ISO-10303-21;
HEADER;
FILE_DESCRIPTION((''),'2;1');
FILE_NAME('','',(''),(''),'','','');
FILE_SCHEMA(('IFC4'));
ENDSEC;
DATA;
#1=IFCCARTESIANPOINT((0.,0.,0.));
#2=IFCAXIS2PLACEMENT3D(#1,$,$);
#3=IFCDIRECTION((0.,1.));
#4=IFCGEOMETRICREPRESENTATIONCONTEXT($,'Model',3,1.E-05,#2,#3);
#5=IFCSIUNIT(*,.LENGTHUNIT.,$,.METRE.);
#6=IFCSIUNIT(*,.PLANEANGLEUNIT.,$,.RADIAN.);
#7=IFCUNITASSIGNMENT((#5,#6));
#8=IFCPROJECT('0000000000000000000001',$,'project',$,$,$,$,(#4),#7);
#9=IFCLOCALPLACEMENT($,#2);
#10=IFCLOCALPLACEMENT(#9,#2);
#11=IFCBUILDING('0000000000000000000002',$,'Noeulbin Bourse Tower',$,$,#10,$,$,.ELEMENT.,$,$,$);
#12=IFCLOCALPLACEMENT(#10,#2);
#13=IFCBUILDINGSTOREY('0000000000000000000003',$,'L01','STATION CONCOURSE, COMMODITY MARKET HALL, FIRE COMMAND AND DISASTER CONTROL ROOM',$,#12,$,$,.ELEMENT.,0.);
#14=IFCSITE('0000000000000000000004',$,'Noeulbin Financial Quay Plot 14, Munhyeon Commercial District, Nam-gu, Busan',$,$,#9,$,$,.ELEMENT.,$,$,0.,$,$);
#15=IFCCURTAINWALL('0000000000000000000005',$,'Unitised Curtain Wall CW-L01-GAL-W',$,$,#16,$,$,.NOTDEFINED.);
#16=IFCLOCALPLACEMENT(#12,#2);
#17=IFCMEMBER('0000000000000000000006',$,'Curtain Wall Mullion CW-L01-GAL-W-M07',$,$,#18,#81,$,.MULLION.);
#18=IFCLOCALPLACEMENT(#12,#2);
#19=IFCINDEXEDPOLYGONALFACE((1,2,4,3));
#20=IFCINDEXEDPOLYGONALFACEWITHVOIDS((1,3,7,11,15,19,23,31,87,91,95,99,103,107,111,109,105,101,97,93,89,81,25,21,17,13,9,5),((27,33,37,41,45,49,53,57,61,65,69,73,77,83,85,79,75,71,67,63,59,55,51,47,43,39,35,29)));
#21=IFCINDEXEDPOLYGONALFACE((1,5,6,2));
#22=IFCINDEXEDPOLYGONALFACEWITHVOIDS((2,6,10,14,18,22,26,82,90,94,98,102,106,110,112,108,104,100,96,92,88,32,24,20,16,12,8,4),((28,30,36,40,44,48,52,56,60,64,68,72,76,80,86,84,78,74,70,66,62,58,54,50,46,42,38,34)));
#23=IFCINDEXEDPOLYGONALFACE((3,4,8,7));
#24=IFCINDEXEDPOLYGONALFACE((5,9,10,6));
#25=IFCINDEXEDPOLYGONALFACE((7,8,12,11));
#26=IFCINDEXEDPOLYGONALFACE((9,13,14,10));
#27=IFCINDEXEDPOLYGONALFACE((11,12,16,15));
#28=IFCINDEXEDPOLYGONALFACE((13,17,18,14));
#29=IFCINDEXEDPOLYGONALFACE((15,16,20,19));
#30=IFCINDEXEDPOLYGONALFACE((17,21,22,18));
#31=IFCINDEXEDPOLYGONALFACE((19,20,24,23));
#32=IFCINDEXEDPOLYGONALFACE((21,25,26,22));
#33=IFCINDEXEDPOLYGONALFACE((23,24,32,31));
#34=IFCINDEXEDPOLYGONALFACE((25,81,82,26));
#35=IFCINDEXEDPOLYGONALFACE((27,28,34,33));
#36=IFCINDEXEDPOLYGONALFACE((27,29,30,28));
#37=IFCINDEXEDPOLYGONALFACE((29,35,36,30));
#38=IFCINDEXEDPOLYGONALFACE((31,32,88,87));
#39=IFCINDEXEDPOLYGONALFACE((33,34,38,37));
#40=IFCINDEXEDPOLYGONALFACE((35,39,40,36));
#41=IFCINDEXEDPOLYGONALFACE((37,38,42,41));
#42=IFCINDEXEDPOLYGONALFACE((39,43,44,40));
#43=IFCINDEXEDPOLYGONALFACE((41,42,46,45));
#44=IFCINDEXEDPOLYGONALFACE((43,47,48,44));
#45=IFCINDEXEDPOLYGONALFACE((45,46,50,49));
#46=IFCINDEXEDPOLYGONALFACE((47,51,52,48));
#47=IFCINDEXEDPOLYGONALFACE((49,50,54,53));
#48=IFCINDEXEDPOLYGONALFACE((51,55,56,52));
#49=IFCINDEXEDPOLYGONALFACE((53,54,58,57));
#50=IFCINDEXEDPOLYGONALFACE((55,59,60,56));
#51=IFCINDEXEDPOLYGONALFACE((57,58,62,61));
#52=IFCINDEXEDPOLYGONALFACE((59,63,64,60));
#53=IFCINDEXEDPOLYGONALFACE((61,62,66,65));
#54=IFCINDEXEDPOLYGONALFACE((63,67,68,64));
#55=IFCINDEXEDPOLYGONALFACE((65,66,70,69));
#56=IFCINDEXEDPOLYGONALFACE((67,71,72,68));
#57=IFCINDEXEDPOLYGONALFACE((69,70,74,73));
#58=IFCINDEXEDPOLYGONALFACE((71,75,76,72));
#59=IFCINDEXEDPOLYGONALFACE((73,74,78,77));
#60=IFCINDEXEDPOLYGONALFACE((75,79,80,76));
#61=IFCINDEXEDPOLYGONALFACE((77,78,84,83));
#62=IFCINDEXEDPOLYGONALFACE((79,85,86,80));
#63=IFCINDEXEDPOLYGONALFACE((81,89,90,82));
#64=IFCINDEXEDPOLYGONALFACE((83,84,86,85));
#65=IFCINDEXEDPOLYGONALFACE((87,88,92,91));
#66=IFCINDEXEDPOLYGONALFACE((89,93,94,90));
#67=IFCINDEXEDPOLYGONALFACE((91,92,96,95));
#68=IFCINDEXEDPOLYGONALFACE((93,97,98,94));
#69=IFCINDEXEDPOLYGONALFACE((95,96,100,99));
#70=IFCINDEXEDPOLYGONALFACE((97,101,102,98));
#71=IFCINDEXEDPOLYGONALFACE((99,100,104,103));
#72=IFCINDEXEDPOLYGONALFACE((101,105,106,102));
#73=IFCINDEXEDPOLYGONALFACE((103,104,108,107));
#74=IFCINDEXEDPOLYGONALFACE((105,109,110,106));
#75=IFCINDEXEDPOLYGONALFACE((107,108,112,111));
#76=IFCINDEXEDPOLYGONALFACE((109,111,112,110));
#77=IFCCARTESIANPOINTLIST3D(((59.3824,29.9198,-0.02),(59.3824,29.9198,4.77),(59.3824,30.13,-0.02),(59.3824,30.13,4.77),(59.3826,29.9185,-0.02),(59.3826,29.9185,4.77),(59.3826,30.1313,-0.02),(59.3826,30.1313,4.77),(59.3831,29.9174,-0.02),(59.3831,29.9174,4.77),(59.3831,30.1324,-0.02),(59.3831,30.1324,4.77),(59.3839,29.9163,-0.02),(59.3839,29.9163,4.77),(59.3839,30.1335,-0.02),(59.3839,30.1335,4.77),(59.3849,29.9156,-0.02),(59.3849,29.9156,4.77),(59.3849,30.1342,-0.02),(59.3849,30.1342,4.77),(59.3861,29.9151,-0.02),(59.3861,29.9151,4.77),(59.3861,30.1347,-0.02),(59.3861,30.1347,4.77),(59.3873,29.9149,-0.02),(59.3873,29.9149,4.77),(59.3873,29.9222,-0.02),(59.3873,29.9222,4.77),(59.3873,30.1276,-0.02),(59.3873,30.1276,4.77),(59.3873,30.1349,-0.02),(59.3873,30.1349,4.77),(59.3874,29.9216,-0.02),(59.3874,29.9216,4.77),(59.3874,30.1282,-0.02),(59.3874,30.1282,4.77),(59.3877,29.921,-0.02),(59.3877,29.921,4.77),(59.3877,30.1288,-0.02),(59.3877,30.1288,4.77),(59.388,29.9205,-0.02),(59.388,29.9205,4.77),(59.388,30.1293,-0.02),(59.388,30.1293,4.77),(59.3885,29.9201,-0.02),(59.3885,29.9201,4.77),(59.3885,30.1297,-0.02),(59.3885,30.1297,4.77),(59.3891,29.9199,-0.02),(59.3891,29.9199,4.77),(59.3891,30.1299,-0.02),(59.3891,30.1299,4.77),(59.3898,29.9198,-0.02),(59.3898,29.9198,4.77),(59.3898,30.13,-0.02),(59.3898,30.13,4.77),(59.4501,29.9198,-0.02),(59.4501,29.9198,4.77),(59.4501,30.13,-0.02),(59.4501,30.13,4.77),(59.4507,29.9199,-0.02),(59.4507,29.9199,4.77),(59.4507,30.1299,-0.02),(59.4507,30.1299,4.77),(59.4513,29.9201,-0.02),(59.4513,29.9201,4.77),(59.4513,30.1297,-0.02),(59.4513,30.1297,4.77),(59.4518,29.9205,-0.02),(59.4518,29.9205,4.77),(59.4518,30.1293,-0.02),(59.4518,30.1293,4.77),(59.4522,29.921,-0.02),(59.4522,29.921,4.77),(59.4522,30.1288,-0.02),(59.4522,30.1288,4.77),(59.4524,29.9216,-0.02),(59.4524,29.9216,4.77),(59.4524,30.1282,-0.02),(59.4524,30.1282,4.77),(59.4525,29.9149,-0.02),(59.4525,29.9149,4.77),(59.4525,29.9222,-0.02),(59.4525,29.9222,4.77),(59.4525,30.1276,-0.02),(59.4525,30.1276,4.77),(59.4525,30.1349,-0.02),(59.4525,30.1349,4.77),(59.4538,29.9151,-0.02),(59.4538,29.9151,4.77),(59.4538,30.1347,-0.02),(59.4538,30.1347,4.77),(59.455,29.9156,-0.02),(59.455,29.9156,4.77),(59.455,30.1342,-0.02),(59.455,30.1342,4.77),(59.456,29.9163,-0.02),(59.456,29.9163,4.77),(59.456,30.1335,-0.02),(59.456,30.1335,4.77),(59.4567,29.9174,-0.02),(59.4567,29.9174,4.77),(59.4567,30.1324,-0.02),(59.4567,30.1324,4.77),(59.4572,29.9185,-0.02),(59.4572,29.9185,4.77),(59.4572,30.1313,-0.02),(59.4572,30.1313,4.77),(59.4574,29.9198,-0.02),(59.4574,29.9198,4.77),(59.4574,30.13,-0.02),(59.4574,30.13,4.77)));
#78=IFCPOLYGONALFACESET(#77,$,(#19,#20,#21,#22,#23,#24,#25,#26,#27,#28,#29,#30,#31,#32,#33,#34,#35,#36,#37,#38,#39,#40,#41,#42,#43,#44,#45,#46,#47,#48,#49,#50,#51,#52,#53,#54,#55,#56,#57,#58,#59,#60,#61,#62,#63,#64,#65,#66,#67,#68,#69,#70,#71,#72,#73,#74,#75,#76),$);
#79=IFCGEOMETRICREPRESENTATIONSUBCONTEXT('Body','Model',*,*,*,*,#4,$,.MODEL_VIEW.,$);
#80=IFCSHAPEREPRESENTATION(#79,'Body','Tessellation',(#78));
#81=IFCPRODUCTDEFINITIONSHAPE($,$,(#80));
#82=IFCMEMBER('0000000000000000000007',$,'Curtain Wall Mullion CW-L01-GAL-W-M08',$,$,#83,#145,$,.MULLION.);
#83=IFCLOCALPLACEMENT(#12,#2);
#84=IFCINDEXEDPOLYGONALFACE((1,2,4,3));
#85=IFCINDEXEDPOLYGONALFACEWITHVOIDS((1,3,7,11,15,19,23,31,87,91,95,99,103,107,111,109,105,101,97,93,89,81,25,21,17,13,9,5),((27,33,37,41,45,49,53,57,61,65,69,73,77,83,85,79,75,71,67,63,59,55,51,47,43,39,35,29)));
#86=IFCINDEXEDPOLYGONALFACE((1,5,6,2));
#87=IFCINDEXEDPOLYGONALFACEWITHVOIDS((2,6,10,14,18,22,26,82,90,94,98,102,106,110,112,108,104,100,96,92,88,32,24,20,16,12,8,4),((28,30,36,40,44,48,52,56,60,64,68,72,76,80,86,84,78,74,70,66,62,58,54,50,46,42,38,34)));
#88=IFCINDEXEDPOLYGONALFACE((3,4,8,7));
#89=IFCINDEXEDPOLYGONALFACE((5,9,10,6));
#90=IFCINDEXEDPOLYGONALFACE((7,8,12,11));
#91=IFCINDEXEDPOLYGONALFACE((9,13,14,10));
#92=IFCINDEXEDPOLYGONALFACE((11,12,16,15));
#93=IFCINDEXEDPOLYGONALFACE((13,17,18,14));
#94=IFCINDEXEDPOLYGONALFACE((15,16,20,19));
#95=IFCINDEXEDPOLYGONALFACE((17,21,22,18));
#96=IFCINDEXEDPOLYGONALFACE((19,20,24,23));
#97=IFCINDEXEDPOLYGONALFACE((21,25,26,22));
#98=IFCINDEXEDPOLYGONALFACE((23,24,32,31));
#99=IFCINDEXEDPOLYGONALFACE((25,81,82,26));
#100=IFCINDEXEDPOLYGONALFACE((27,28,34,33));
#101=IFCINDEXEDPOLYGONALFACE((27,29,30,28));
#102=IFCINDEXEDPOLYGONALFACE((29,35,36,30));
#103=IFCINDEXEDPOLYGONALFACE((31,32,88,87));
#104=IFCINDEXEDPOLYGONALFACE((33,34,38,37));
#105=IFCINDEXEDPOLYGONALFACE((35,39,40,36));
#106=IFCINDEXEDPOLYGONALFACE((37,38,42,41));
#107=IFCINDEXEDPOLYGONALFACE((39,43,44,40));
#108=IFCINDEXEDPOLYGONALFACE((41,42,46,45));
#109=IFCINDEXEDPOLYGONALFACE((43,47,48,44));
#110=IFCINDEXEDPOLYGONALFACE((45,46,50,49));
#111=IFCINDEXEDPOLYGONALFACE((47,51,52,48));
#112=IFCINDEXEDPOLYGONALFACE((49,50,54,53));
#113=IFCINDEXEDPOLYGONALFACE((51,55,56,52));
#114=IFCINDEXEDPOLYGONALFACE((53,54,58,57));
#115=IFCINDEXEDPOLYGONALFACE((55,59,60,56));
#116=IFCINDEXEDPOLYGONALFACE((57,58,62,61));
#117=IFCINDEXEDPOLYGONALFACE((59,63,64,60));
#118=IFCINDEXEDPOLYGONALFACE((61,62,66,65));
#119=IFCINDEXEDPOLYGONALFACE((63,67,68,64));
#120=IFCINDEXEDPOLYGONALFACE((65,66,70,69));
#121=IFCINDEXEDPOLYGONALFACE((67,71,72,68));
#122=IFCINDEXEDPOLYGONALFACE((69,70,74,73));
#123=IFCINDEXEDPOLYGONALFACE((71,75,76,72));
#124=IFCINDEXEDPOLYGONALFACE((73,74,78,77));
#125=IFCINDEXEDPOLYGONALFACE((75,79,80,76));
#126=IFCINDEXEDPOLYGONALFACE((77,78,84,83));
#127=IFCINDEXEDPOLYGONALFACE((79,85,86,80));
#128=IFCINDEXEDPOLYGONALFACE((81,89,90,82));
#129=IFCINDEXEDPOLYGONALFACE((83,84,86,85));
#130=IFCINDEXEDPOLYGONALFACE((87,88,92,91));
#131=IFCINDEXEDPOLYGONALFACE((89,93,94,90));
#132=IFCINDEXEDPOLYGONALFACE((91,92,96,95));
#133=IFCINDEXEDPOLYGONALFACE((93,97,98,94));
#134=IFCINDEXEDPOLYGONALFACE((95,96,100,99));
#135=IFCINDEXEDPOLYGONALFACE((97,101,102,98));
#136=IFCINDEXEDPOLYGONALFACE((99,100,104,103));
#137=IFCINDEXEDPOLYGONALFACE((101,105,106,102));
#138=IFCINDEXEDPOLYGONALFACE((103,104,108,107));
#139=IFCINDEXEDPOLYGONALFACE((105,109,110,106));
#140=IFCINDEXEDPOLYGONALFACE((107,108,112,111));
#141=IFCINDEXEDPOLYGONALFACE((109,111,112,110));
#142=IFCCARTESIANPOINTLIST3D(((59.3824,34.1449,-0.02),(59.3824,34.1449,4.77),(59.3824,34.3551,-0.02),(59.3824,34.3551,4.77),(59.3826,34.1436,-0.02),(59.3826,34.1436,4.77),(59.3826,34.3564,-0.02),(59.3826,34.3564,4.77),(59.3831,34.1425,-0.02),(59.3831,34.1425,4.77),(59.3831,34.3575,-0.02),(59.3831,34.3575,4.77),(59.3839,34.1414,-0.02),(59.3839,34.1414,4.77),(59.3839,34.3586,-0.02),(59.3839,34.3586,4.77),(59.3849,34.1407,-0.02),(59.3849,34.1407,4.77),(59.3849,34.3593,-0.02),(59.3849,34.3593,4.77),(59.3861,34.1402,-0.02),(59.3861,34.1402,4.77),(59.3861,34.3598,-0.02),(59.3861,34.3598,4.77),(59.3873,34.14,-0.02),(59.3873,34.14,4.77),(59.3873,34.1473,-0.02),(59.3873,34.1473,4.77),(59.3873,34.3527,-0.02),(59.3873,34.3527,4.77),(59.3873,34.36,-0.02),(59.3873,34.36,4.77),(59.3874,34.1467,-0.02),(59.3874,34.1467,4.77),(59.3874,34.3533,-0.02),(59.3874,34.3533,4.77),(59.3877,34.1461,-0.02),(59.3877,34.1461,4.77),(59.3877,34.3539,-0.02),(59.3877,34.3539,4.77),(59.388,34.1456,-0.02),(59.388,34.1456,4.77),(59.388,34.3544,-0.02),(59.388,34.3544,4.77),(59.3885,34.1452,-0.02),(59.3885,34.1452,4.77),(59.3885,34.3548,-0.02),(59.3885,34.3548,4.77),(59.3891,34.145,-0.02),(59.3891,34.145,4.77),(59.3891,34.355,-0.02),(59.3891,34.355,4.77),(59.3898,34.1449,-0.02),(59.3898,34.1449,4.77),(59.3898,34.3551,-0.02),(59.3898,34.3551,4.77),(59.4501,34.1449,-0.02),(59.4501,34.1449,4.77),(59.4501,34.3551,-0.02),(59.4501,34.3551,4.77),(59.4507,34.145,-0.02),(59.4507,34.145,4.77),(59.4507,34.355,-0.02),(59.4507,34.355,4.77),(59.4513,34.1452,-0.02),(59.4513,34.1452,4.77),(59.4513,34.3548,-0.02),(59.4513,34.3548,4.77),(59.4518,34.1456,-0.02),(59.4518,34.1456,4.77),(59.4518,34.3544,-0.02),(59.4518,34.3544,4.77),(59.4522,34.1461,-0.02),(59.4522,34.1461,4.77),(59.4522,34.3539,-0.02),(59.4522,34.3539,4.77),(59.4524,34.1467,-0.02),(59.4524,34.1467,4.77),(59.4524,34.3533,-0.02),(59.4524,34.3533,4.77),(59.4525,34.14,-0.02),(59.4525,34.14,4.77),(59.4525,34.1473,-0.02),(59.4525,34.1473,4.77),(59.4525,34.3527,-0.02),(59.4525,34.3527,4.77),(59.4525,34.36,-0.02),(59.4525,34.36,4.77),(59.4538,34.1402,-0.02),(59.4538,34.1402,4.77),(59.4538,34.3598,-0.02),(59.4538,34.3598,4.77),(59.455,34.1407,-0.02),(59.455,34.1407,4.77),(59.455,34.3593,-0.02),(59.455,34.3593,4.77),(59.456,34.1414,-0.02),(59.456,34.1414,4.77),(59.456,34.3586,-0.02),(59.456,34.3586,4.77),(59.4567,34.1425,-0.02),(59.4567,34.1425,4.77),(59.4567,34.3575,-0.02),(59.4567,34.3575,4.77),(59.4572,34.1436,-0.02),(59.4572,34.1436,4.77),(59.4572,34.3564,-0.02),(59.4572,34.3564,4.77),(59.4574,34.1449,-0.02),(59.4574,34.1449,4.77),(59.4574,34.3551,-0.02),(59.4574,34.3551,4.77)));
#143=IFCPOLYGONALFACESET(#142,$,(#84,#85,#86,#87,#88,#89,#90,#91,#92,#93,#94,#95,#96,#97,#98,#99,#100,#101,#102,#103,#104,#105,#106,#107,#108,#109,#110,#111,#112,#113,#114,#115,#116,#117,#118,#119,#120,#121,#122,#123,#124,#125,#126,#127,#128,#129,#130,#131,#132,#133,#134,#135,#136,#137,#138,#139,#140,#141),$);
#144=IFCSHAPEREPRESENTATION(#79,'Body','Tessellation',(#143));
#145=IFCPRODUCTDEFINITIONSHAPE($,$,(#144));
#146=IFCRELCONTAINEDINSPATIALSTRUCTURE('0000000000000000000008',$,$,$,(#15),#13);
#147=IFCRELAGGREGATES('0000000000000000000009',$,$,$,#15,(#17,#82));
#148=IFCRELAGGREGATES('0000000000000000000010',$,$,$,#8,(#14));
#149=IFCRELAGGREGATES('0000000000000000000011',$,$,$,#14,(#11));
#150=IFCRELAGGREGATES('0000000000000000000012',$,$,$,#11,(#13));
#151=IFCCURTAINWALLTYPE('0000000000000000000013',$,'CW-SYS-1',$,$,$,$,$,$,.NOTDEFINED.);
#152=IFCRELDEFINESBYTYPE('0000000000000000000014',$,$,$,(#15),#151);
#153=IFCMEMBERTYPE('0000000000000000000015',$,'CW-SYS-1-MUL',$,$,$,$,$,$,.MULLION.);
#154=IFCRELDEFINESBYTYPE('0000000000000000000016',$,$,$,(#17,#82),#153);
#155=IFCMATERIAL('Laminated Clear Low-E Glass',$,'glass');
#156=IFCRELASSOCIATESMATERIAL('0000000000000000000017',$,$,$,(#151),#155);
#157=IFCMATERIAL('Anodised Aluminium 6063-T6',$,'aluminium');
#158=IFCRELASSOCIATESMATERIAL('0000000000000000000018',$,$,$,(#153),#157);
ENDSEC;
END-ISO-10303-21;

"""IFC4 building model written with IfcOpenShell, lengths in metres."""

from ifc_helpers import new_model, si_unit, direction, frame, origin, origin_2d, place, context, subcontext, project, spatial, hollow_rectangle, extrude, material, material_profile, profile_set, type_object, element, aggregate, save


model = new_model("IFC4")

# Units and contexts
model_context = context("Model", 3, precision=1e-05, world=origin(), true_north=direction((0.0, 1.0)))
body_context = subcontext(model_context, "Body", "Model", "MODEL_VIEW")
ifc_project = project(units=[si_unit("LENGTHUNIT", "METRE"), si_unit("PLANEANGLEUNIT", "RADIAN")], contexts=[model_context])

# Site, building, storey
site_placement = place(None, origin())
site = spatial("IfcSite", under=ifc_project, at=site_placement, Name="Noeulbin Financial Quay Plot 14, Munhyeon Commercial District, Nam-gu, Busan", CompositionType="ELEMENT", RefElevation=0.0)
building_placement = place(site_placement, origin())
building = spatial("IfcBuilding", under=site, at=building_placement, Name="Noeulbin Bourse Tower", CompositionType="ELEMENT")
storey_placement = place(building_placement, origin())
storey = spatial("IfcBuildingStorey", under=building, at=storey_placement, Name="L01", Description="STATION CONCOURSE, COMMODITY MARKET HALL, FIRE COMMAND AND DISASTER CONTROL ROOM", CompositionType="ELEMENT", Elevation=0.0)

# Curtain wall, members
ifc_material_1 = material(Name="Laminated Clear Low-E Glass", Category="glass")
curtain_wall_type = type_object("IfcCurtainWallType", Name="CW-SYS-1", PredefinedType="NOTDEFINED", material=ifc_material_1)
curtain_wall_1_placement = place(storey_placement, origin())
curtain_wall_1 = element("IfcCurtainWall", 1, at=curtain_wall_1_placement, inside=storey, type_object=curtain_wall_type, Name="Unitised Curtain Wall CW-L01-GAL-W", PredefinedType="NOTDEFINED")
ifc_material_2 = material(Name="Anodised Aluminium 6063-T6", Category="aluminium")
ifc_material_profile_1 = material_profile(ifc_material_2, hollow_rectangle(XDim=0.075, YDim=0.22, WallThickness=0.0049, InnerFilletRadius=0.0024, OuterFilletRadius=0.0049, at=origin_2d()), Name="ALU-MULL-75x220x5", Category="LoadBearing")
ifc_profile_set_1 = profile_set([ifc_material_profile_1], Name="Anodised Aluminium 6063-T6")
member_type_1 = type_object("IfcMemberType", Name="CW-SYS-1-MUL", PredefinedType="MULLION", material=ifc_profile_set_1)
member_1_placement = place(storey_placement, frame((59.4199, 30.0249, -0.02), z_axis=(0.0, 0.0, 1.0), x_axis=(1.0, 0.0, 0.0)))
member_1 = element("IfcMember", 2, at=member_1_placement, type_object=member_type_1, Name="Curtain Wall Mullion CW-L01-GAL-W-M07", PredefinedType="MULLION", context=body_context, shape_type="SweptSolid", body=[
    extrude(hollow_rectangle(XDim=0.075, YDim=0.22, WallThickness=0.0049, InnerFilletRadius=0.0024, OuterFilletRadius=0.0049, at=origin_2d()), origin(), (0.0, 0.0, 1.0), 4.79),
])
member_2_placement = place(storey_placement, frame((59.4199, 34.25, -0.02), z_axis=(0.0, 0.0, 1.0), x_axis=(1.0, 0.0, 0.0)))
member_2 = element("IfcMember", 3, at=member_2_placement, type_object=member_type_1, Name="Curtain Wall Mullion CW-L01-GAL-W-M08", PredefinedType="MULLION", context=body_context, shape_type="SweptSolid", body=[
    extrude(hollow_rectangle(XDim=0.075, YDim=0.22, WallThickness=0.0049, InnerFilletRadius=0.0024, OuterFilletRadius=0.0049, at=origin_2d()), origin(), (0.0, 0.0, 1.0), 4.79),
])

aggregate(curtain_wall_1, [member_1, member_2])

save(model, "model.ifc")
